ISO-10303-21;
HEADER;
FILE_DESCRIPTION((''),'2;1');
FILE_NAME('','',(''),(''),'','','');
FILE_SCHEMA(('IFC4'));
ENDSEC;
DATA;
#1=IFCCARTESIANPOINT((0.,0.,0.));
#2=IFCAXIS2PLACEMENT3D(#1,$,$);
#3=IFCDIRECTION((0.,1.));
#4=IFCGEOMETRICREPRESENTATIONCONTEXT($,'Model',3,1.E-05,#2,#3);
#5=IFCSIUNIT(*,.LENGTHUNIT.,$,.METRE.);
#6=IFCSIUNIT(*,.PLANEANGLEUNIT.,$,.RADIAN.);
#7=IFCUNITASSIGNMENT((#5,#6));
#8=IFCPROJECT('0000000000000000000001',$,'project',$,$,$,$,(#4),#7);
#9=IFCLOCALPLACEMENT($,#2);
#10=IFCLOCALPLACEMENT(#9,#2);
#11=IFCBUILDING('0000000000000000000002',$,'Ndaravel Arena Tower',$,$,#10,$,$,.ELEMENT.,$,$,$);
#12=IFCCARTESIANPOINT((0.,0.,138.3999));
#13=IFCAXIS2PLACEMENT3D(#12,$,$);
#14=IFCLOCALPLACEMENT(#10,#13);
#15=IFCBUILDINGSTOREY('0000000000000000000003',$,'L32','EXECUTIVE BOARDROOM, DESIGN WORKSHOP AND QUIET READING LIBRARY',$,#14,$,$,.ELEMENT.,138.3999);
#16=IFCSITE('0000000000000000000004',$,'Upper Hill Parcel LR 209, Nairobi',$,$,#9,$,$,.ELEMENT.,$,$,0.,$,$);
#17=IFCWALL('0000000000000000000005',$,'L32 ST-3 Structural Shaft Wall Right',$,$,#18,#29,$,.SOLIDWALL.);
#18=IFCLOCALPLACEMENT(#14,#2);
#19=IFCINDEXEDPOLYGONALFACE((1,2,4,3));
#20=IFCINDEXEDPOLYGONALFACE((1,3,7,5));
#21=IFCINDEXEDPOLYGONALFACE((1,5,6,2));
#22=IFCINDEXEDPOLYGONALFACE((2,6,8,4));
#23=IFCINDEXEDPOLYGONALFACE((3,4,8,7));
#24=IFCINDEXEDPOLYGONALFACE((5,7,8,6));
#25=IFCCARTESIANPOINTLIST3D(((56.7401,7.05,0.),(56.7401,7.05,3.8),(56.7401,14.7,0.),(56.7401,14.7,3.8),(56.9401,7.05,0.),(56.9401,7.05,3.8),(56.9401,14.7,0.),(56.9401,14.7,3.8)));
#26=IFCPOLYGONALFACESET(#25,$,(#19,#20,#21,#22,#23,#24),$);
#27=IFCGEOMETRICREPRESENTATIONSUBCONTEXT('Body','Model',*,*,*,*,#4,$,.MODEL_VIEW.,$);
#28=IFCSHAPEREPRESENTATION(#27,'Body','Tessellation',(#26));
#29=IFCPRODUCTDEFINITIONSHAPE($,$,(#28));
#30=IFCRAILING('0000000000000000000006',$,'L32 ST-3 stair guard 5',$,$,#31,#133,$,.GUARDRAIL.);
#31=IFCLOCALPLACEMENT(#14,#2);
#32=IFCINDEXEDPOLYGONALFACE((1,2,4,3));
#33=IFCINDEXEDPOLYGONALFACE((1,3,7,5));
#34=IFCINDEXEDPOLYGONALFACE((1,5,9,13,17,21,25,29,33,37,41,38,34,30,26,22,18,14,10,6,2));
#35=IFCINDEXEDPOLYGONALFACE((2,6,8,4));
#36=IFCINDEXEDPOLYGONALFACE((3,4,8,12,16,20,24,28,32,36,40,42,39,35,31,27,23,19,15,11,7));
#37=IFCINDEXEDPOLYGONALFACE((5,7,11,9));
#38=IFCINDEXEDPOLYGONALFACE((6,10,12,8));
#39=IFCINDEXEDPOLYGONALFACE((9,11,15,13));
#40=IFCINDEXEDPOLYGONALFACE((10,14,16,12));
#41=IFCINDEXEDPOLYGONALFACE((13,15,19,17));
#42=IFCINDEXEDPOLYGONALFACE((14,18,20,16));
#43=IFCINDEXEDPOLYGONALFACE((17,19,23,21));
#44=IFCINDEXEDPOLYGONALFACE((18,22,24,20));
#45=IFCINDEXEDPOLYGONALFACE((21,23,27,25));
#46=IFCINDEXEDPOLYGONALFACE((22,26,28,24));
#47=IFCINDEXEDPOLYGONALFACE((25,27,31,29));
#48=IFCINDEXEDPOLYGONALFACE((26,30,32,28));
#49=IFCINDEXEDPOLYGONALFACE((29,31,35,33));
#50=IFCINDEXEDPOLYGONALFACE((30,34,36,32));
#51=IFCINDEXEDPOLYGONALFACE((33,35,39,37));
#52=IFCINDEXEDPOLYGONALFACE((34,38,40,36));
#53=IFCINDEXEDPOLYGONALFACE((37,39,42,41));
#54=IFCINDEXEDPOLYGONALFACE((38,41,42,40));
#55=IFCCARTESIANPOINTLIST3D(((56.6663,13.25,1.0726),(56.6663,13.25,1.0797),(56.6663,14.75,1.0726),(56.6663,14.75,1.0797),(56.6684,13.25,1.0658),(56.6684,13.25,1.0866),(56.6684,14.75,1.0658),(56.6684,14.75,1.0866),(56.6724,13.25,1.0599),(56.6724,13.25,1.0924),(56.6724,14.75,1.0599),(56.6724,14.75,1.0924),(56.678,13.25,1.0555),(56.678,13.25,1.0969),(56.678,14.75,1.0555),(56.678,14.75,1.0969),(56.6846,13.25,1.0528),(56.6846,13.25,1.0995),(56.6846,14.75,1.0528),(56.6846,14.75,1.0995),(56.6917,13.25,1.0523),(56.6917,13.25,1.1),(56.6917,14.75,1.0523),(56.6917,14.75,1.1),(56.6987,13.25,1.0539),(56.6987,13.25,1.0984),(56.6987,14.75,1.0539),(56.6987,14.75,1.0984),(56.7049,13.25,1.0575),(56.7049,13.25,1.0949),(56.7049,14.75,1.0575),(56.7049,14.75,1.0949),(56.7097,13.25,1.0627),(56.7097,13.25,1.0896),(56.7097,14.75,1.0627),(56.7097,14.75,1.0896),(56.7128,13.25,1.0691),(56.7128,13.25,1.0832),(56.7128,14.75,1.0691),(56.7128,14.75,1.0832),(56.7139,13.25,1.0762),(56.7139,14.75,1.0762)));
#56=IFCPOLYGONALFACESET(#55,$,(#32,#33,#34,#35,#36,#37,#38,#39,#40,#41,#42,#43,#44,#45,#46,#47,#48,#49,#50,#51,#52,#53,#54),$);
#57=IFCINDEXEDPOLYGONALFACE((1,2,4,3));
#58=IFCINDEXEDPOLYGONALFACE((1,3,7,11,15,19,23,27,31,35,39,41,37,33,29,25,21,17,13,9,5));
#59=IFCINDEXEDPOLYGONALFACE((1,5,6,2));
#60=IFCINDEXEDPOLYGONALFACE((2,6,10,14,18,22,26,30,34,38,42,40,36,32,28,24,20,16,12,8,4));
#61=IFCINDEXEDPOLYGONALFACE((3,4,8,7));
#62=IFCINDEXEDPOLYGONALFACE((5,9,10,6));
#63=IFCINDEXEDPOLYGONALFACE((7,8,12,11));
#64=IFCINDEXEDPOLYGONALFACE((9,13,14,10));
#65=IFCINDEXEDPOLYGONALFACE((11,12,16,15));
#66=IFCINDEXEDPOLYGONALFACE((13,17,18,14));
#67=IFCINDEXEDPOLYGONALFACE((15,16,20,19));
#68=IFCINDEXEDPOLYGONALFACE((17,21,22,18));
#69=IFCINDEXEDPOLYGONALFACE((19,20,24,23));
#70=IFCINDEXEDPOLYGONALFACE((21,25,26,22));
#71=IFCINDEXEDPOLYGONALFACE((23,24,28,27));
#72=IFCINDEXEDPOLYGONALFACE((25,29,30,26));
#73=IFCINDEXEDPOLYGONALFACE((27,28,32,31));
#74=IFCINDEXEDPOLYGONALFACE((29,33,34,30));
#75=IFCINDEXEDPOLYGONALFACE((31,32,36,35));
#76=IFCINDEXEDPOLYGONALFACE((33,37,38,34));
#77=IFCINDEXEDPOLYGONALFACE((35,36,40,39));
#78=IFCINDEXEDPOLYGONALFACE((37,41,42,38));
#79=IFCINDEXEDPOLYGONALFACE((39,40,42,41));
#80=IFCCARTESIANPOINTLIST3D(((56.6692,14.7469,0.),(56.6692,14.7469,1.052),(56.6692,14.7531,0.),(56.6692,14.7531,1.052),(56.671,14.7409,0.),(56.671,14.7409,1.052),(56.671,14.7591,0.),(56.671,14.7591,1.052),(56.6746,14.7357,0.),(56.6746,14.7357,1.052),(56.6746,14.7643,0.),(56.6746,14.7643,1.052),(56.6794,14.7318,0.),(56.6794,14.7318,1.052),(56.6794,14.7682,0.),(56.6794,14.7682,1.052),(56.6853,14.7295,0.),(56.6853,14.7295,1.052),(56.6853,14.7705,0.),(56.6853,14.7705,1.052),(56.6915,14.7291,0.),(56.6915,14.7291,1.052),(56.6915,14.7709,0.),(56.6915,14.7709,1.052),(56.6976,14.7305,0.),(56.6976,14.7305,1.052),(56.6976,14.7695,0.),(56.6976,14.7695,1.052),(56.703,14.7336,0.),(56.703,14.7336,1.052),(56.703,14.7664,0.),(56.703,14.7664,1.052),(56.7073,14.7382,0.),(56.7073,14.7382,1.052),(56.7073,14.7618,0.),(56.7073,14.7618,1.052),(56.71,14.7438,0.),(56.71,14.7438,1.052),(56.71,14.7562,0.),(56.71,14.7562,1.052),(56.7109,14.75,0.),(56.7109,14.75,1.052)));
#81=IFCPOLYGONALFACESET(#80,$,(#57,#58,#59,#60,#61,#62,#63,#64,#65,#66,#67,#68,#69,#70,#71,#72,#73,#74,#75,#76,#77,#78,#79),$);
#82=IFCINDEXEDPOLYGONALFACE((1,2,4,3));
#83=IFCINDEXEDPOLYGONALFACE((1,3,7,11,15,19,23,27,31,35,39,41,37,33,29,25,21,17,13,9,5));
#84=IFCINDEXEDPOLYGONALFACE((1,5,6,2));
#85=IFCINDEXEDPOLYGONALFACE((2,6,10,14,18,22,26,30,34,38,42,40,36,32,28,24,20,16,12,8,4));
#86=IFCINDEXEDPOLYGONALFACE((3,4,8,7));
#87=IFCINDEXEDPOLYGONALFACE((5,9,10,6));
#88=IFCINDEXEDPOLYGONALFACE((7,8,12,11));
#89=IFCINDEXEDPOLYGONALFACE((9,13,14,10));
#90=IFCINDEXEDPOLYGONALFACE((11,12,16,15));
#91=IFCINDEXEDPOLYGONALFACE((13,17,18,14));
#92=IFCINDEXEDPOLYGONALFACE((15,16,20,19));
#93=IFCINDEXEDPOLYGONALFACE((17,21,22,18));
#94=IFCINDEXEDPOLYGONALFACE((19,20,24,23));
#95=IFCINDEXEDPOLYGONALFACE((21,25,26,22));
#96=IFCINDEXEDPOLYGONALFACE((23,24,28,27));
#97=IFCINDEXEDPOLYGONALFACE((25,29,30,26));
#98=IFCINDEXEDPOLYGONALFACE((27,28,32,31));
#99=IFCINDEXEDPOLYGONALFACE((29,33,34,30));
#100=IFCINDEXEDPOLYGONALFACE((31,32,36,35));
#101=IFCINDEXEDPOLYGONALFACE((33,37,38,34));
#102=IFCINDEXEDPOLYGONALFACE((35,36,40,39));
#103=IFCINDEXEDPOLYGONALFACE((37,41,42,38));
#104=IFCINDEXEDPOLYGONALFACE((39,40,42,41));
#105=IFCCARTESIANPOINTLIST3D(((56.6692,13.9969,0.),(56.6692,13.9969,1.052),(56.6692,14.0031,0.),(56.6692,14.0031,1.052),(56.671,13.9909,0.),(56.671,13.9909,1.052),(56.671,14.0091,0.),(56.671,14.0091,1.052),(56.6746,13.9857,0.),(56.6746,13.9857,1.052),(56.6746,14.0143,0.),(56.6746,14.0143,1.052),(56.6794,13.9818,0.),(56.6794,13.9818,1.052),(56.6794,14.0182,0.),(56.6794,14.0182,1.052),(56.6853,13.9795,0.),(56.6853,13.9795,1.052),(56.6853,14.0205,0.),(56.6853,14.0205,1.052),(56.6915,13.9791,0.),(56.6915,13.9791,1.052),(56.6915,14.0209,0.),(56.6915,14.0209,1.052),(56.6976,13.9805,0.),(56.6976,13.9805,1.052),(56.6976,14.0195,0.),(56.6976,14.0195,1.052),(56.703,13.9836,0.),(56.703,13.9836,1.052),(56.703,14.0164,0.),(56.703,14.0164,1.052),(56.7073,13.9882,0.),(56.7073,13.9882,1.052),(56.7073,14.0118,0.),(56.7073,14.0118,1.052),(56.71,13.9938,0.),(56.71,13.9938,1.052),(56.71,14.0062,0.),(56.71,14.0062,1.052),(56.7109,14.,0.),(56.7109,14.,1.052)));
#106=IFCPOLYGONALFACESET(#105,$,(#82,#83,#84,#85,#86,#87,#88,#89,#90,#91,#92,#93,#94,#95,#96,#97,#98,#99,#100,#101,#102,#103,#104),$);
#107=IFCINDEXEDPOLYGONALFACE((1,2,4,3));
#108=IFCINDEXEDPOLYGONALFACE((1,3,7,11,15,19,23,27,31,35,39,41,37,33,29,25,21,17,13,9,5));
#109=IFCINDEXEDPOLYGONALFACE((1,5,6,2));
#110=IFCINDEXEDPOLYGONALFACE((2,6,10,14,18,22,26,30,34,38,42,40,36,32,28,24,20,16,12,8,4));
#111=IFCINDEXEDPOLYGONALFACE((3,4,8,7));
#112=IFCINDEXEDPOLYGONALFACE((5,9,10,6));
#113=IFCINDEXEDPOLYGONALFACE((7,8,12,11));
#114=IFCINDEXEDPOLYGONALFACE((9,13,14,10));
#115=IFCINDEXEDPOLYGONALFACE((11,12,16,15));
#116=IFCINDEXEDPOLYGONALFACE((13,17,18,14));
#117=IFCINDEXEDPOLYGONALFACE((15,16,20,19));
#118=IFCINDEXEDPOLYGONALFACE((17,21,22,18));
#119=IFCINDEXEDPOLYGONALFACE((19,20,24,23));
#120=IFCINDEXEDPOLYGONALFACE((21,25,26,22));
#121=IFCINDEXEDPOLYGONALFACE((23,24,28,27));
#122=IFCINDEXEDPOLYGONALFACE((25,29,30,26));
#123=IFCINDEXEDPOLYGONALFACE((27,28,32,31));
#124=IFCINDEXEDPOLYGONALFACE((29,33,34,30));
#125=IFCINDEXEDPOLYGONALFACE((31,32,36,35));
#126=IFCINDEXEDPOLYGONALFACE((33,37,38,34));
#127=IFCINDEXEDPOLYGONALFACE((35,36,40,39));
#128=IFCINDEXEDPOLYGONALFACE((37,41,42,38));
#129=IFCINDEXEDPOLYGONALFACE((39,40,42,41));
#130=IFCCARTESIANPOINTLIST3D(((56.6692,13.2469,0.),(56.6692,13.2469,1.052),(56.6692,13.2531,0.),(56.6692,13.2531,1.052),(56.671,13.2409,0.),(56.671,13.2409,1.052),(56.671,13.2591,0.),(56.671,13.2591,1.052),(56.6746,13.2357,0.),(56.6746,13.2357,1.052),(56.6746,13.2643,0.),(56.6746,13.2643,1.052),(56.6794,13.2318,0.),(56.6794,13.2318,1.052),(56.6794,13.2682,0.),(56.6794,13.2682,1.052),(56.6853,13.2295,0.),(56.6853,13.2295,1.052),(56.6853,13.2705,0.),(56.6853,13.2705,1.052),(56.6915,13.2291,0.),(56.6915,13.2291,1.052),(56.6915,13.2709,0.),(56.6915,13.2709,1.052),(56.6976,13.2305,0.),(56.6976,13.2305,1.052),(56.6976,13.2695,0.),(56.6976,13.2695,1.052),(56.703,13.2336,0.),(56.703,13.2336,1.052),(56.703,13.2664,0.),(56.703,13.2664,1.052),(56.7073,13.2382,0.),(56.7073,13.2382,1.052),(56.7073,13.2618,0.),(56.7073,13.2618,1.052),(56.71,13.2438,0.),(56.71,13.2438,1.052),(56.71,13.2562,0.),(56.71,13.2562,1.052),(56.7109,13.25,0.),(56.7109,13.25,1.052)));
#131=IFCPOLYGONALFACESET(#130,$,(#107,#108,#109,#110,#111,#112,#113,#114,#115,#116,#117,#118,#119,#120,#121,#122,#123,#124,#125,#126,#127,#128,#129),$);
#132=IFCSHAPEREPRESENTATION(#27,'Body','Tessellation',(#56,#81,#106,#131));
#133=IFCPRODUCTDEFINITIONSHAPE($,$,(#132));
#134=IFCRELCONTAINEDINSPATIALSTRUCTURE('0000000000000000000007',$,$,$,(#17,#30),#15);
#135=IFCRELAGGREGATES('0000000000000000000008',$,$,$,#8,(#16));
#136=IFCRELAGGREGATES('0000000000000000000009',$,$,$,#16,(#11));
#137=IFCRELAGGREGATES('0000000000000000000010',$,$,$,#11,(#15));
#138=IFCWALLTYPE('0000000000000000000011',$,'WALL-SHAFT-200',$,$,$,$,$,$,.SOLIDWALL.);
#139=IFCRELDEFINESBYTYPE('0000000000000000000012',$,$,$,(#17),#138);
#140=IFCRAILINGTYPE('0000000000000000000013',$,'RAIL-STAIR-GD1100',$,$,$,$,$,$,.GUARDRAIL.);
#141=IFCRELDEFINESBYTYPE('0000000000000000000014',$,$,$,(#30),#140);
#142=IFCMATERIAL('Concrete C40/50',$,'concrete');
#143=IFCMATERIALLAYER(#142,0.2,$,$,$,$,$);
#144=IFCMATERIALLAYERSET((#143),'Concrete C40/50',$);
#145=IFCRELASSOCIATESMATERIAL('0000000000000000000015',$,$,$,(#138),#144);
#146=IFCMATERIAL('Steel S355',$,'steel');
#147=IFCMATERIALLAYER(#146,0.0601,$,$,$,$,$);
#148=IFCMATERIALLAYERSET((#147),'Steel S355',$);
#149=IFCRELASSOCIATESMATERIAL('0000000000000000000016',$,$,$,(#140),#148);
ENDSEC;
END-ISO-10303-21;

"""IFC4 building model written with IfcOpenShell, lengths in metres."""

from ifc_helpers import new_model, si_unit, direction, frame, frame_2d, origin, origin_2d, place, context, subcontext, project, spatial, rectangle, circle, extrude, material, layer, layer_set, type_object, element, save


model = new_model("IFC4")

# Units and contexts
model_context = context("Model", 3, precision=1e-05, world=origin(), true_north=direction((0.0, 1.0)))
body_context = subcontext(model_context, "Body", "Model", "MODEL_VIEW")
ifc_project = project(units=[si_unit("LENGTHUNIT", "METRE"), si_unit("PLANEANGLEUNIT", "RADIAN")], contexts=[model_context])

# Site, building, storey
site_placement = place(None, origin())
site = spatial("IfcSite", under=ifc_project, at=site_placement, Name="Upper Hill Parcel LR 209, Nairobi", CompositionType="ELEMENT", RefElevation=0.0)
building_placement = place(site_placement, origin())
building = spatial("IfcBuilding", under=site, at=building_placement, Name="Ndaravel Arena Tower", CompositionType="ELEMENT")
storey_placement = place(building_placement, frame((0.0, 0.0, 138.3999)))
storey = spatial("IfcBuildingStorey", under=building, at=storey_placement, Name="L32", Description="EXECUTIVE BOARDROOM, DESIGN WORKSHOP AND QUIET READING LIBRARY", CompositionType="ELEMENT", Elevation=138.3999)

# Wall
ifc_material_1 = material(Name="Concrete C40/50", Category="concrete")
ifc_layer_1 = layer(ifc_material_1, 0.2)
ifc_layer_set_1 = layer_set([ifc_layer_1], Name="Concrete C40/50")
wall_type_1 = type_object("IfcWallType", Name="WALL-SHAFT-200", PredefinedType="SOLIDWALL", material=ifc_layer_set_1)
wall_1_placement = place(storey_placement, frame((56.8401, 14.7, 0.0), z_axis=(0.0, 0.0, 1.0), x_axis=(0.0, -1.0, 0.0)))
element("IfcWall", 1, at=wall_1_placement, inside=storey, type_object=wall_type_1, Name="L32 ST-3 Structural Shaft Wall Right", PredefinedType="SOLIDWALL", context=body_context, shape_type="SweptSolid", body=[
    extrude(rectangle(XDim=7.6499, YDim=0.2, at=frame_2d((3.825, 0.0))), origin(), (0.0, 0.0, 1.0), 3.8),
])

# Railing
ifc_material_2 = material(Name="Steel S355", Category="steel")
ifc_layer_2 = layer(ifc_material_2, 0.0601)
ifc_layer_set_2 = layer_set([ifc_layer_2], Name="Steel S355")
railing_type = type_object("IfcRailingType", Name="RAIL-STAIR-GD1100", PredefinedType="GUARDRAIL", material=ifc_layer_set_2)
railing_placement = place(storey_placement, frame((56.6899, 14.75, 0.0)))
element("IfcRailing", 2, at=railing_placement, inside=storey, type_object=railing_type, Name="L32 ST-3 stair guard 5", PredefinedType="GUARDRAIL", context=body_context, shape_type="SweptSolid", body=[
    extrude(circle(Radius=0.0239, at=origin_2d()), frame((0.0, 0.0, 1.0762), z_axis=(0.0, -1.0, 0.0), x_axis=(1.0, 0.0, 0.0)), (0.0, 0.0, 1.0), 1.5),
    extrude(circle(Radius=0.021, at=origin_2d()), origin(), (0.0, 0.0, 1.0), 1.052),
    extrude(circle(Radius=0.021, at=origin_2d()), frame((0.0, -0.75, 0.0)), (0.0, 0.0, 1.0), 1.052),
    extrude(circle(Radius=0.021, at=origin_2d()), frame((0.0, -1.5, 0.0)), (0.0, 0.0, 1.0), 1.052),
])

save(model, "model.ifc")
